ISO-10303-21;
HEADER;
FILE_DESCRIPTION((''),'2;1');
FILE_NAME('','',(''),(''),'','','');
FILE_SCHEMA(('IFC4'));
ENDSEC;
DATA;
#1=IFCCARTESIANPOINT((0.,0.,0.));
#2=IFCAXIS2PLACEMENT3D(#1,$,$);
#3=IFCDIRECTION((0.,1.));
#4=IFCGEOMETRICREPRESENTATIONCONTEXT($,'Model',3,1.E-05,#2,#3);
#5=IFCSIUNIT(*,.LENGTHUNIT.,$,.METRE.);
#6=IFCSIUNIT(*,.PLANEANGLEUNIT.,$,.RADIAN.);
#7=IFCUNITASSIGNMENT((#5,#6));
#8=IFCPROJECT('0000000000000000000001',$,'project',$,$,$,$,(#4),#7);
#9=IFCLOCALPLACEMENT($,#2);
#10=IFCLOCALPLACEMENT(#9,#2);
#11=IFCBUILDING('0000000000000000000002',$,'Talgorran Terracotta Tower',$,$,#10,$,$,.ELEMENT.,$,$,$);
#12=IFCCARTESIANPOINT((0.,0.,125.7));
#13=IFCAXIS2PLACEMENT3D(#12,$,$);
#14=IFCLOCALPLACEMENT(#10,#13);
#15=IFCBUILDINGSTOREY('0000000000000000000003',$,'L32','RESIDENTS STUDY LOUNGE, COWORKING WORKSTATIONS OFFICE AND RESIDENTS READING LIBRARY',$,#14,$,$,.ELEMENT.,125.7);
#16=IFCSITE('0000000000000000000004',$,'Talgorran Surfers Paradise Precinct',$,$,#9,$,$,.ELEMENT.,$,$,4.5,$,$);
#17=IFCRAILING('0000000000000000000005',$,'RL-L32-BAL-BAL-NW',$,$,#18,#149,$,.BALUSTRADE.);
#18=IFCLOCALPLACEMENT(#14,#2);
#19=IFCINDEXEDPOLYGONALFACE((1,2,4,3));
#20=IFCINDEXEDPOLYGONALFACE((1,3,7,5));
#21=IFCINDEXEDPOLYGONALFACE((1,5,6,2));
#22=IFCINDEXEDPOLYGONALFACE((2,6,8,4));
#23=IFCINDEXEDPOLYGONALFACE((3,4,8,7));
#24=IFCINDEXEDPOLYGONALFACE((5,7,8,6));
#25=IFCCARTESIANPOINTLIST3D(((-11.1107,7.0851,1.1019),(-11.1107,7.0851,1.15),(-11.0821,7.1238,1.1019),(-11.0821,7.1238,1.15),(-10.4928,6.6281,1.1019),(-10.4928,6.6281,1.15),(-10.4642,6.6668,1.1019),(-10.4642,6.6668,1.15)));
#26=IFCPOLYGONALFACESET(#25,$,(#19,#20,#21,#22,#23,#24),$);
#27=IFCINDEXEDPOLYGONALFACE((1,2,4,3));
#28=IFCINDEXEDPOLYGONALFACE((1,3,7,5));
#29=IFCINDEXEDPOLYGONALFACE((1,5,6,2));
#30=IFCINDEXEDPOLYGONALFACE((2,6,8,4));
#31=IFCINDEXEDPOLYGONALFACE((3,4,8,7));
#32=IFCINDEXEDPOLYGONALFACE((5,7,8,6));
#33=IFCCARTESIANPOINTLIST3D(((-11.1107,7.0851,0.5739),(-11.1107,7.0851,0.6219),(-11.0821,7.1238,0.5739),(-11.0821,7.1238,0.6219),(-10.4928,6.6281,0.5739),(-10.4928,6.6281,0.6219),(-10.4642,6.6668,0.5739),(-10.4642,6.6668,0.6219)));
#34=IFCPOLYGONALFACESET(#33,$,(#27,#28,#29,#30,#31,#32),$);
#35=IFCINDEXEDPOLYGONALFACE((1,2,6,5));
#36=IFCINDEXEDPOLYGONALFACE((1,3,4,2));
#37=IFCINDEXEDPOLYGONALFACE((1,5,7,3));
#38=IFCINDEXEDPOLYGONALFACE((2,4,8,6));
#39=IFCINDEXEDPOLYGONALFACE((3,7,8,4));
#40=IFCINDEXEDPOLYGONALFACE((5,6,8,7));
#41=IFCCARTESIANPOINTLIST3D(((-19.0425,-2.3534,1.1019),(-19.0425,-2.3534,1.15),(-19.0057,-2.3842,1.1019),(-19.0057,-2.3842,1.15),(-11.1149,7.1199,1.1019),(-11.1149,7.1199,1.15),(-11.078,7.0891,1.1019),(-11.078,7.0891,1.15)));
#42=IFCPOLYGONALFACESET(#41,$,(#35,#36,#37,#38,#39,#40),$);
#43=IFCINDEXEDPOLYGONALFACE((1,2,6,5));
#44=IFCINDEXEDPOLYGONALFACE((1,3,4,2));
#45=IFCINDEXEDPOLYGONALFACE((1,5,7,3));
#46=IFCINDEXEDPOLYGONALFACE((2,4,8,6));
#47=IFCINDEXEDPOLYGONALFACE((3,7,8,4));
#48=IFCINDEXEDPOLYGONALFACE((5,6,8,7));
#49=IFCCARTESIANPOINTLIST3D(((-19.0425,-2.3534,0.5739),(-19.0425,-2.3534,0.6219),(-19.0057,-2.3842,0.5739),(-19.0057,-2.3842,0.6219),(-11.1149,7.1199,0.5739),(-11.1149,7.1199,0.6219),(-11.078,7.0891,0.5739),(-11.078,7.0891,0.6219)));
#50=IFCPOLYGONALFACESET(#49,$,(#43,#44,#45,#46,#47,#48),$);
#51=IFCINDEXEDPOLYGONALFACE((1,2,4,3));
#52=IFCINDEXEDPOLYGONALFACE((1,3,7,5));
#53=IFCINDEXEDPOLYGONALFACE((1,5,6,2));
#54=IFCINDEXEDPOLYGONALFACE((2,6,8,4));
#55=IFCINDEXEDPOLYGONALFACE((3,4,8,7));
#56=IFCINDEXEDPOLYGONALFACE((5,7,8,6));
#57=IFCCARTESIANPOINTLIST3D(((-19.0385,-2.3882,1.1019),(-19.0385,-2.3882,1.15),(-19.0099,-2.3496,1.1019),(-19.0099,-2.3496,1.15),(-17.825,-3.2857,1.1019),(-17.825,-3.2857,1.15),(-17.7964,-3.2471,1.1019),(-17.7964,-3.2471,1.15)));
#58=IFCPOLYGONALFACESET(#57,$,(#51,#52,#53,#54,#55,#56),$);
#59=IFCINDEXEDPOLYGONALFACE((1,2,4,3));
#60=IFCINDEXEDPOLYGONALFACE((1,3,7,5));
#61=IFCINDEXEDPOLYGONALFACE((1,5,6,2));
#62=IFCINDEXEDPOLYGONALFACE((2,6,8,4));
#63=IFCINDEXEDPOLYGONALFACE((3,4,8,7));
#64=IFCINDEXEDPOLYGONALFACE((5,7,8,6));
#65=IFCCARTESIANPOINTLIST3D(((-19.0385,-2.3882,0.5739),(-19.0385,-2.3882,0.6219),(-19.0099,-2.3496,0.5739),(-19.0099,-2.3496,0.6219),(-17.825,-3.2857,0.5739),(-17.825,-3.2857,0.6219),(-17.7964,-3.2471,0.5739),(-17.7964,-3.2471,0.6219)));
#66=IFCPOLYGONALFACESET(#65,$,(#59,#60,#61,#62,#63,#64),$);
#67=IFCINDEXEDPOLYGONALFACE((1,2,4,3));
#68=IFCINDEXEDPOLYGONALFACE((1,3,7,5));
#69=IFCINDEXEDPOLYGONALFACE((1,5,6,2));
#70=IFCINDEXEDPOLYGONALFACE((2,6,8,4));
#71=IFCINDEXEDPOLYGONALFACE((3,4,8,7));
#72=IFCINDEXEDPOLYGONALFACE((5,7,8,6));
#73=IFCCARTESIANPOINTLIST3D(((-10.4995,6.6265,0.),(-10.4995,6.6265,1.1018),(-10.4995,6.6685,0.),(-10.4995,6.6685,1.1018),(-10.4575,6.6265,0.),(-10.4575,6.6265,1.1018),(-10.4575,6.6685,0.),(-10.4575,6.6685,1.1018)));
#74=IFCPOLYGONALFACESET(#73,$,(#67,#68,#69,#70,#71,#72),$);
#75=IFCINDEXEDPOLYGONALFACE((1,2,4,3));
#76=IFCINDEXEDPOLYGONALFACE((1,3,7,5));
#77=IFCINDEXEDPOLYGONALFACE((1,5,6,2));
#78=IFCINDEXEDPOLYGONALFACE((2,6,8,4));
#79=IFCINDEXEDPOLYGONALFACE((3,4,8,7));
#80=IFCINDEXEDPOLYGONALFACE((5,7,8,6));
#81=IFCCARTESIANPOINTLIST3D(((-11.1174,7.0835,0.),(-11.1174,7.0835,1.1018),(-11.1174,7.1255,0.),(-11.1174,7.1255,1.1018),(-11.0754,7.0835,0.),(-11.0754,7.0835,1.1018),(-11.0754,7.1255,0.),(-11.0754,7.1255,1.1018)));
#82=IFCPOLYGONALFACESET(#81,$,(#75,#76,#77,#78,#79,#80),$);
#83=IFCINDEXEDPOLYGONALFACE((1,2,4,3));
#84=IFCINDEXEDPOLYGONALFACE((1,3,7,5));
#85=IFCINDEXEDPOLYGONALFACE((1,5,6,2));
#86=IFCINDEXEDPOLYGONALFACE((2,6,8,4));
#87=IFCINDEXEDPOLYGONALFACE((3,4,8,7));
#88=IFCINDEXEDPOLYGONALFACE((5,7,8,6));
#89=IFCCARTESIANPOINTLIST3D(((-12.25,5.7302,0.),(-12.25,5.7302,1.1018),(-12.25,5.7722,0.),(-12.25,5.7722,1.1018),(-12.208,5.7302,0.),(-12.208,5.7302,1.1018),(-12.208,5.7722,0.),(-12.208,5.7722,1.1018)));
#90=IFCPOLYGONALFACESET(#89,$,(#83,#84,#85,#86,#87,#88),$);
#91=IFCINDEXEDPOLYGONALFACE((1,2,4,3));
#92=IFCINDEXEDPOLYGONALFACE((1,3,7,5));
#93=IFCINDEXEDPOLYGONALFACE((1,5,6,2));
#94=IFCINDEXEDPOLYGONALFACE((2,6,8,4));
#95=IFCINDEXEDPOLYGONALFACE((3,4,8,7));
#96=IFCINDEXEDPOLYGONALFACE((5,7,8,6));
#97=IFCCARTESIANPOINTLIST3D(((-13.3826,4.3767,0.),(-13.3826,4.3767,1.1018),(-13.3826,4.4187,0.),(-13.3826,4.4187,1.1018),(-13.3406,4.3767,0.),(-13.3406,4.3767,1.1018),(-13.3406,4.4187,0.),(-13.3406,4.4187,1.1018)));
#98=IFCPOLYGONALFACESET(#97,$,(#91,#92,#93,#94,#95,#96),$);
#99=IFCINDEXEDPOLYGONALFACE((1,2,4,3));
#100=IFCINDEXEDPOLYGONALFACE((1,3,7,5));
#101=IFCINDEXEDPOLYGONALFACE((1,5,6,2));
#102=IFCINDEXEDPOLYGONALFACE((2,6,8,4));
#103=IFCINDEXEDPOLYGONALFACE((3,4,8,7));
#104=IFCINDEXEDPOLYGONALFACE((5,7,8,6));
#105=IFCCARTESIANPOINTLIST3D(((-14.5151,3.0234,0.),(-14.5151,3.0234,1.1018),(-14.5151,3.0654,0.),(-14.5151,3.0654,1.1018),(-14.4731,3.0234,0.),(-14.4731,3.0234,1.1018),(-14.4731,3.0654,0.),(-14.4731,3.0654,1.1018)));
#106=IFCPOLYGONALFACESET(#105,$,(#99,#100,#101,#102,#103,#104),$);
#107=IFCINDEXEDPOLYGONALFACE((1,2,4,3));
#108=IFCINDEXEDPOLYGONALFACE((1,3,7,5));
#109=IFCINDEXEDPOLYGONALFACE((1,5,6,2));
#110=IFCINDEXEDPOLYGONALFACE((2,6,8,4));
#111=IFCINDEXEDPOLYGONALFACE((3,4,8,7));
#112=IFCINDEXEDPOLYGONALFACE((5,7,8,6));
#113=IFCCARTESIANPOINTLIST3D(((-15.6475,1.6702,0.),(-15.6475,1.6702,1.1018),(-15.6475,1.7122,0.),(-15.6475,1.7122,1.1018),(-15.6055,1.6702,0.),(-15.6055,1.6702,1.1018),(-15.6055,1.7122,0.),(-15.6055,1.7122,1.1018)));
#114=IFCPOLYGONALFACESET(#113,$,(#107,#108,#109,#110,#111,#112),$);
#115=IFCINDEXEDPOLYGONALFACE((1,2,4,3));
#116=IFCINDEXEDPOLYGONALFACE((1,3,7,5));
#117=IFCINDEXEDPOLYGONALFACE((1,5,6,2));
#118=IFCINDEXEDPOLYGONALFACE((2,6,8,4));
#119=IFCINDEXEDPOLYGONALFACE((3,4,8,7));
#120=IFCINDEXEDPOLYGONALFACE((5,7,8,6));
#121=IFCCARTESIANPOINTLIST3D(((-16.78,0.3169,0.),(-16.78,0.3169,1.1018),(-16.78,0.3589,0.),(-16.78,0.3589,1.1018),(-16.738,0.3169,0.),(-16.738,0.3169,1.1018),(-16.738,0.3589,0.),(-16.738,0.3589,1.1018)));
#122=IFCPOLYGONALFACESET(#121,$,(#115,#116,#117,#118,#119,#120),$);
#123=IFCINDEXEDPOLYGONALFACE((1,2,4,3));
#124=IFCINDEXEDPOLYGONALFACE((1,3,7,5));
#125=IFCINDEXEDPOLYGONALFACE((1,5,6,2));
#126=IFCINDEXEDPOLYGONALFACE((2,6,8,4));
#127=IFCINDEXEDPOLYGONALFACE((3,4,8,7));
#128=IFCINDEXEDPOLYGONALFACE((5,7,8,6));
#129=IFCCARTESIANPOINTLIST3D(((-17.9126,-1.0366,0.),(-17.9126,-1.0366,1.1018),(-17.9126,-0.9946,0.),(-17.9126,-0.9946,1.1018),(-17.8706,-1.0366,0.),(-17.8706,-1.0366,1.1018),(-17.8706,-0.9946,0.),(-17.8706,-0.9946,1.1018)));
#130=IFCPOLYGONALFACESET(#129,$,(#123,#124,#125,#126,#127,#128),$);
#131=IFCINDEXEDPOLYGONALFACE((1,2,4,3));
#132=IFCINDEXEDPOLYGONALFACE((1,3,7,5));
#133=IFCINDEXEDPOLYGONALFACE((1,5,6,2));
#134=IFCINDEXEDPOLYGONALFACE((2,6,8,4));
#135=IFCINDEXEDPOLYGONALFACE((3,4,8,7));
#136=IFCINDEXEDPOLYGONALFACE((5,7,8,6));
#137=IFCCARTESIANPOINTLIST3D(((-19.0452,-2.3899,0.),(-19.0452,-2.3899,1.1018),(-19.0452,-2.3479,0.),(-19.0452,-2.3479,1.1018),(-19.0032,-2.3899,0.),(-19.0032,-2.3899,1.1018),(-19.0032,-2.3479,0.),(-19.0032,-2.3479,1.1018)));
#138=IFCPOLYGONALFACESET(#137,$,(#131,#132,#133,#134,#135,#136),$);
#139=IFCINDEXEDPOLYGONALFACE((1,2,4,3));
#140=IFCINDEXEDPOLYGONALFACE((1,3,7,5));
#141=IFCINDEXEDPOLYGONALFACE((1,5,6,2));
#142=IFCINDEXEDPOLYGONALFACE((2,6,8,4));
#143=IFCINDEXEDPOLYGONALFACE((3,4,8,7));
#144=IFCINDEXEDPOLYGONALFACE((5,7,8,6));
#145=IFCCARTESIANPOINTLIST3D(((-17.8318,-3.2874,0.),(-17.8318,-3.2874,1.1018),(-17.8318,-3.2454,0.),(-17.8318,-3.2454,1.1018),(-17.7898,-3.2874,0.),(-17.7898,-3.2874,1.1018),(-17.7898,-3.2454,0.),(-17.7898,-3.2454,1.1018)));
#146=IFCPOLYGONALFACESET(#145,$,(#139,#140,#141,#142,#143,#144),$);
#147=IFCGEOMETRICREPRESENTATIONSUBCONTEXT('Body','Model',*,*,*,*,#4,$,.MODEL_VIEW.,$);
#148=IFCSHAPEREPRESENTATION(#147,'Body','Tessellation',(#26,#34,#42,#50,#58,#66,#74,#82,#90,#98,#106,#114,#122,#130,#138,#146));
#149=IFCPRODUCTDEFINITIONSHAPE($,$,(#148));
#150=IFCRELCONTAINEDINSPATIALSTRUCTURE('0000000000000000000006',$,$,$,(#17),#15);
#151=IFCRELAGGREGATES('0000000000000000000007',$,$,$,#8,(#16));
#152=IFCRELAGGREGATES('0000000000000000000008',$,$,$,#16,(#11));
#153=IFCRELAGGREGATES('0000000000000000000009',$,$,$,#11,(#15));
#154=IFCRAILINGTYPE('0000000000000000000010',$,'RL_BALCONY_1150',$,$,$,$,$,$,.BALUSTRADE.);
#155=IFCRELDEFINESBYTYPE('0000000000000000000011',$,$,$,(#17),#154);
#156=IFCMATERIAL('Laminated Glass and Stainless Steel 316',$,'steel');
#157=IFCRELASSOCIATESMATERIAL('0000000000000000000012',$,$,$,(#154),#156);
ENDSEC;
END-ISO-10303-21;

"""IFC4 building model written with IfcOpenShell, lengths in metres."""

from ifc_helpers import new_model, si_unit, direction, frame, origin, origin_2d, place, context, subcontext, project, spatial, rectangle, extrude, material, type_object, element, save


model = new_model("IFC4")

# Units and contexts
model_context = context("Model", 3, precision=1e-05, world=origin(), true_north=direction((0.0, 1.0)))
body_context = subcontext(model_context, "Body", "Model", "MODEL_VIEW")
ifc_project = project(units=[si_unit("LENGTHUNIT", "METRE"), si_unit("PLANEANGLEUNIT", "RADIAN")], contexts=[model_context])

# Site, building, storey
site_placement = place(None, origin())
site = spatial("IfcSite", under=ifc_project, at=site_placement, Name="Talgorran Surfers Paradise Precinct", CompositionType="ELEMENT", RefElevation=4.5)
building_placement = place(site_placement, origin())
building = spatial("IfcBuilding", under=site, at=building_placement, Name="Talgorran Terracotta Tower", CompositionType="ELEMENT")
storey_placement = place(building_placement, frame((0.0, 0.0, 125.7)))
storey = spatial("IfcBuildingStorey", under=building, at=storey_placement, Name="L32", Description="RESIDENTS STUDY LOUNGE, COWORKING WORKSTATIONS OFFICE AND RESIDENTS READING LIBRARY", CompositionType="ELEMENT", Elevation=125.7)

# Railing
ifc_material_1 = material(Name="Laminated Glass and Stainless Steel 316", Category="steel")
railing_type = type_object("IfcRailingType", Name="RL_BALCONY_1150", PredefinedType="BALUSTRADE", material=ifc_material_1)
railing_placement = place(storey_placement, frame((-10.4785, 6.6475, 0.0)))
element("IfcRailing", 1, at=railing_placement, inside=storey, type_object=railing_type, Name="RL-L32-BAL-BAL-NW", PredefinedType="BALUSTRADE", context=body_context, shape_type="SweptSolid", body=[
    extrude(rectangle(XDim=0.0481, YDim=0.0481, at=origin_2d()), frame((0.0, 0.0, 1.126), z_axis=(-0.803985, 0.59465, 0.0), x_axis=(-0.59465, -0.803985, 0.0)), (0.0, 0.0, 1.0), 0.7686),
    extrude(rectangle(XDim=0.0481, YDim=0.0481, at=origin_2d()), frame((0.0, 0.0, 0.5979), z_axis=(-0.803985, 0.59465, 0.0), x_axis=(-0.59465, -0.803985, 0.0)), (0.0, 0.0, 1.0), 0.7686),
    extrude(rectangle(XDim=0.0481, YDim=0.0481, at=origin_2d()), frame((-0.6179, 0.457, 1.126), z_axis=(-0.641771, -0.766896, 0.0), x_axis=(0.766896, -0.641771, 0.0)), (0.0, 0.0, 1.0), 12.3528),
    extrude(rectangle(XDim=0.0481, YDim=0.0481, at=origin_2d()), frame((-0.6179, 0.457, 0.5979), z_axis=(-0.641771, -0.766896, 0.0), x_axis=(0.766896, -0.641771, 0.0)), (0.0, 0.0, 1.0), 12.3528),
    extrude(rectangle(XDim=0.0481, YDim=0.0481, at=origin_2d()), frame((-8.5457, -9.0164, 1.126), z_axis=(0.803981, -0.594655, 0.0), x_axis=(0.594655, 0.803981, 0.0)), (0.0, 0.0, 1.0), 1.5093),
    extrude(rectangle(XDim=0.0481, YDim=0.0481, at=origin_2d()), frame((-8.5457, -9.0164, 0.5979), z_axis=(0.803981, -0.594655, 0.0), x_axis=(0.594655, 0.803981, 0.0)), (0.0, 0.0, 1.0), 1.5093),
    extrude(rectangle(XDim=0.042, YDim=0.042, at=origin_2d()), origin(), (0.0, 0.0, 1.0), 1.1018),
    extrude(rectangle(XDim=0.042, YDim=0.042, at=origin_2d()), frame((-0.6179, 0.457, 0.0)), (0.0, 0.0, 1.0), 1.1018),
    extrude(rectangle(XDim=0.042, YDim=0.042, at=origin_2d()), frame((-1.7505, -0.8962, 0.0)), (0.0, 0.0, 1.0), 1.1018),
    extrude(rectangle(XDim=0.042, YDim=0.042, at=origin_2d()), frame((-2.8831, -2.2498, 0.0)), (0.0, 0.0, 1.0), 1.1018),
    extrude(rectangle(XDim=0.042, YDim=0.042, at=origin_2d()), frame((-4.0156, -3.603, 0.0)), (0.0, 0.0, 1.0), 1.1018),
    extrude(rectangle(XDim=0.042, YDim=0.042, at=origin_2d()), frame((-5.1479, -4.9563, 0.0)), (0.0, 0.0, 1.0), 1.1018),
    extrude(rectangle(XDim=0.042, YDim=0.042, at=origin_2d()), frame((-6.2805, -6.3096, 0.0)), (0.0, 0.0, 1.0), 1.1018),
    extrude(rectangle(XDim=0.042, YDim=0.042, at=origin_2d()), frame((-7.4131, -7.6631, 0.0)), (0.0, 0.0, 1.0), 1.1018),
    extrude(rectangle(XDim=0.042, YDim=0.042, at=origin_2d()), frame((-8.5457, -9.0164, 0.0)), (0.0, 0.0, 1.0), 1.1018),
    extrude(rectangle(XDim=0.042, YDim=0.042, at=origin_2d()), frame((-7.3323, -9.9138, 0.0)), (0.0, 0.0, 1.0), 1.1018),
])

save(model, "model.ifc")
